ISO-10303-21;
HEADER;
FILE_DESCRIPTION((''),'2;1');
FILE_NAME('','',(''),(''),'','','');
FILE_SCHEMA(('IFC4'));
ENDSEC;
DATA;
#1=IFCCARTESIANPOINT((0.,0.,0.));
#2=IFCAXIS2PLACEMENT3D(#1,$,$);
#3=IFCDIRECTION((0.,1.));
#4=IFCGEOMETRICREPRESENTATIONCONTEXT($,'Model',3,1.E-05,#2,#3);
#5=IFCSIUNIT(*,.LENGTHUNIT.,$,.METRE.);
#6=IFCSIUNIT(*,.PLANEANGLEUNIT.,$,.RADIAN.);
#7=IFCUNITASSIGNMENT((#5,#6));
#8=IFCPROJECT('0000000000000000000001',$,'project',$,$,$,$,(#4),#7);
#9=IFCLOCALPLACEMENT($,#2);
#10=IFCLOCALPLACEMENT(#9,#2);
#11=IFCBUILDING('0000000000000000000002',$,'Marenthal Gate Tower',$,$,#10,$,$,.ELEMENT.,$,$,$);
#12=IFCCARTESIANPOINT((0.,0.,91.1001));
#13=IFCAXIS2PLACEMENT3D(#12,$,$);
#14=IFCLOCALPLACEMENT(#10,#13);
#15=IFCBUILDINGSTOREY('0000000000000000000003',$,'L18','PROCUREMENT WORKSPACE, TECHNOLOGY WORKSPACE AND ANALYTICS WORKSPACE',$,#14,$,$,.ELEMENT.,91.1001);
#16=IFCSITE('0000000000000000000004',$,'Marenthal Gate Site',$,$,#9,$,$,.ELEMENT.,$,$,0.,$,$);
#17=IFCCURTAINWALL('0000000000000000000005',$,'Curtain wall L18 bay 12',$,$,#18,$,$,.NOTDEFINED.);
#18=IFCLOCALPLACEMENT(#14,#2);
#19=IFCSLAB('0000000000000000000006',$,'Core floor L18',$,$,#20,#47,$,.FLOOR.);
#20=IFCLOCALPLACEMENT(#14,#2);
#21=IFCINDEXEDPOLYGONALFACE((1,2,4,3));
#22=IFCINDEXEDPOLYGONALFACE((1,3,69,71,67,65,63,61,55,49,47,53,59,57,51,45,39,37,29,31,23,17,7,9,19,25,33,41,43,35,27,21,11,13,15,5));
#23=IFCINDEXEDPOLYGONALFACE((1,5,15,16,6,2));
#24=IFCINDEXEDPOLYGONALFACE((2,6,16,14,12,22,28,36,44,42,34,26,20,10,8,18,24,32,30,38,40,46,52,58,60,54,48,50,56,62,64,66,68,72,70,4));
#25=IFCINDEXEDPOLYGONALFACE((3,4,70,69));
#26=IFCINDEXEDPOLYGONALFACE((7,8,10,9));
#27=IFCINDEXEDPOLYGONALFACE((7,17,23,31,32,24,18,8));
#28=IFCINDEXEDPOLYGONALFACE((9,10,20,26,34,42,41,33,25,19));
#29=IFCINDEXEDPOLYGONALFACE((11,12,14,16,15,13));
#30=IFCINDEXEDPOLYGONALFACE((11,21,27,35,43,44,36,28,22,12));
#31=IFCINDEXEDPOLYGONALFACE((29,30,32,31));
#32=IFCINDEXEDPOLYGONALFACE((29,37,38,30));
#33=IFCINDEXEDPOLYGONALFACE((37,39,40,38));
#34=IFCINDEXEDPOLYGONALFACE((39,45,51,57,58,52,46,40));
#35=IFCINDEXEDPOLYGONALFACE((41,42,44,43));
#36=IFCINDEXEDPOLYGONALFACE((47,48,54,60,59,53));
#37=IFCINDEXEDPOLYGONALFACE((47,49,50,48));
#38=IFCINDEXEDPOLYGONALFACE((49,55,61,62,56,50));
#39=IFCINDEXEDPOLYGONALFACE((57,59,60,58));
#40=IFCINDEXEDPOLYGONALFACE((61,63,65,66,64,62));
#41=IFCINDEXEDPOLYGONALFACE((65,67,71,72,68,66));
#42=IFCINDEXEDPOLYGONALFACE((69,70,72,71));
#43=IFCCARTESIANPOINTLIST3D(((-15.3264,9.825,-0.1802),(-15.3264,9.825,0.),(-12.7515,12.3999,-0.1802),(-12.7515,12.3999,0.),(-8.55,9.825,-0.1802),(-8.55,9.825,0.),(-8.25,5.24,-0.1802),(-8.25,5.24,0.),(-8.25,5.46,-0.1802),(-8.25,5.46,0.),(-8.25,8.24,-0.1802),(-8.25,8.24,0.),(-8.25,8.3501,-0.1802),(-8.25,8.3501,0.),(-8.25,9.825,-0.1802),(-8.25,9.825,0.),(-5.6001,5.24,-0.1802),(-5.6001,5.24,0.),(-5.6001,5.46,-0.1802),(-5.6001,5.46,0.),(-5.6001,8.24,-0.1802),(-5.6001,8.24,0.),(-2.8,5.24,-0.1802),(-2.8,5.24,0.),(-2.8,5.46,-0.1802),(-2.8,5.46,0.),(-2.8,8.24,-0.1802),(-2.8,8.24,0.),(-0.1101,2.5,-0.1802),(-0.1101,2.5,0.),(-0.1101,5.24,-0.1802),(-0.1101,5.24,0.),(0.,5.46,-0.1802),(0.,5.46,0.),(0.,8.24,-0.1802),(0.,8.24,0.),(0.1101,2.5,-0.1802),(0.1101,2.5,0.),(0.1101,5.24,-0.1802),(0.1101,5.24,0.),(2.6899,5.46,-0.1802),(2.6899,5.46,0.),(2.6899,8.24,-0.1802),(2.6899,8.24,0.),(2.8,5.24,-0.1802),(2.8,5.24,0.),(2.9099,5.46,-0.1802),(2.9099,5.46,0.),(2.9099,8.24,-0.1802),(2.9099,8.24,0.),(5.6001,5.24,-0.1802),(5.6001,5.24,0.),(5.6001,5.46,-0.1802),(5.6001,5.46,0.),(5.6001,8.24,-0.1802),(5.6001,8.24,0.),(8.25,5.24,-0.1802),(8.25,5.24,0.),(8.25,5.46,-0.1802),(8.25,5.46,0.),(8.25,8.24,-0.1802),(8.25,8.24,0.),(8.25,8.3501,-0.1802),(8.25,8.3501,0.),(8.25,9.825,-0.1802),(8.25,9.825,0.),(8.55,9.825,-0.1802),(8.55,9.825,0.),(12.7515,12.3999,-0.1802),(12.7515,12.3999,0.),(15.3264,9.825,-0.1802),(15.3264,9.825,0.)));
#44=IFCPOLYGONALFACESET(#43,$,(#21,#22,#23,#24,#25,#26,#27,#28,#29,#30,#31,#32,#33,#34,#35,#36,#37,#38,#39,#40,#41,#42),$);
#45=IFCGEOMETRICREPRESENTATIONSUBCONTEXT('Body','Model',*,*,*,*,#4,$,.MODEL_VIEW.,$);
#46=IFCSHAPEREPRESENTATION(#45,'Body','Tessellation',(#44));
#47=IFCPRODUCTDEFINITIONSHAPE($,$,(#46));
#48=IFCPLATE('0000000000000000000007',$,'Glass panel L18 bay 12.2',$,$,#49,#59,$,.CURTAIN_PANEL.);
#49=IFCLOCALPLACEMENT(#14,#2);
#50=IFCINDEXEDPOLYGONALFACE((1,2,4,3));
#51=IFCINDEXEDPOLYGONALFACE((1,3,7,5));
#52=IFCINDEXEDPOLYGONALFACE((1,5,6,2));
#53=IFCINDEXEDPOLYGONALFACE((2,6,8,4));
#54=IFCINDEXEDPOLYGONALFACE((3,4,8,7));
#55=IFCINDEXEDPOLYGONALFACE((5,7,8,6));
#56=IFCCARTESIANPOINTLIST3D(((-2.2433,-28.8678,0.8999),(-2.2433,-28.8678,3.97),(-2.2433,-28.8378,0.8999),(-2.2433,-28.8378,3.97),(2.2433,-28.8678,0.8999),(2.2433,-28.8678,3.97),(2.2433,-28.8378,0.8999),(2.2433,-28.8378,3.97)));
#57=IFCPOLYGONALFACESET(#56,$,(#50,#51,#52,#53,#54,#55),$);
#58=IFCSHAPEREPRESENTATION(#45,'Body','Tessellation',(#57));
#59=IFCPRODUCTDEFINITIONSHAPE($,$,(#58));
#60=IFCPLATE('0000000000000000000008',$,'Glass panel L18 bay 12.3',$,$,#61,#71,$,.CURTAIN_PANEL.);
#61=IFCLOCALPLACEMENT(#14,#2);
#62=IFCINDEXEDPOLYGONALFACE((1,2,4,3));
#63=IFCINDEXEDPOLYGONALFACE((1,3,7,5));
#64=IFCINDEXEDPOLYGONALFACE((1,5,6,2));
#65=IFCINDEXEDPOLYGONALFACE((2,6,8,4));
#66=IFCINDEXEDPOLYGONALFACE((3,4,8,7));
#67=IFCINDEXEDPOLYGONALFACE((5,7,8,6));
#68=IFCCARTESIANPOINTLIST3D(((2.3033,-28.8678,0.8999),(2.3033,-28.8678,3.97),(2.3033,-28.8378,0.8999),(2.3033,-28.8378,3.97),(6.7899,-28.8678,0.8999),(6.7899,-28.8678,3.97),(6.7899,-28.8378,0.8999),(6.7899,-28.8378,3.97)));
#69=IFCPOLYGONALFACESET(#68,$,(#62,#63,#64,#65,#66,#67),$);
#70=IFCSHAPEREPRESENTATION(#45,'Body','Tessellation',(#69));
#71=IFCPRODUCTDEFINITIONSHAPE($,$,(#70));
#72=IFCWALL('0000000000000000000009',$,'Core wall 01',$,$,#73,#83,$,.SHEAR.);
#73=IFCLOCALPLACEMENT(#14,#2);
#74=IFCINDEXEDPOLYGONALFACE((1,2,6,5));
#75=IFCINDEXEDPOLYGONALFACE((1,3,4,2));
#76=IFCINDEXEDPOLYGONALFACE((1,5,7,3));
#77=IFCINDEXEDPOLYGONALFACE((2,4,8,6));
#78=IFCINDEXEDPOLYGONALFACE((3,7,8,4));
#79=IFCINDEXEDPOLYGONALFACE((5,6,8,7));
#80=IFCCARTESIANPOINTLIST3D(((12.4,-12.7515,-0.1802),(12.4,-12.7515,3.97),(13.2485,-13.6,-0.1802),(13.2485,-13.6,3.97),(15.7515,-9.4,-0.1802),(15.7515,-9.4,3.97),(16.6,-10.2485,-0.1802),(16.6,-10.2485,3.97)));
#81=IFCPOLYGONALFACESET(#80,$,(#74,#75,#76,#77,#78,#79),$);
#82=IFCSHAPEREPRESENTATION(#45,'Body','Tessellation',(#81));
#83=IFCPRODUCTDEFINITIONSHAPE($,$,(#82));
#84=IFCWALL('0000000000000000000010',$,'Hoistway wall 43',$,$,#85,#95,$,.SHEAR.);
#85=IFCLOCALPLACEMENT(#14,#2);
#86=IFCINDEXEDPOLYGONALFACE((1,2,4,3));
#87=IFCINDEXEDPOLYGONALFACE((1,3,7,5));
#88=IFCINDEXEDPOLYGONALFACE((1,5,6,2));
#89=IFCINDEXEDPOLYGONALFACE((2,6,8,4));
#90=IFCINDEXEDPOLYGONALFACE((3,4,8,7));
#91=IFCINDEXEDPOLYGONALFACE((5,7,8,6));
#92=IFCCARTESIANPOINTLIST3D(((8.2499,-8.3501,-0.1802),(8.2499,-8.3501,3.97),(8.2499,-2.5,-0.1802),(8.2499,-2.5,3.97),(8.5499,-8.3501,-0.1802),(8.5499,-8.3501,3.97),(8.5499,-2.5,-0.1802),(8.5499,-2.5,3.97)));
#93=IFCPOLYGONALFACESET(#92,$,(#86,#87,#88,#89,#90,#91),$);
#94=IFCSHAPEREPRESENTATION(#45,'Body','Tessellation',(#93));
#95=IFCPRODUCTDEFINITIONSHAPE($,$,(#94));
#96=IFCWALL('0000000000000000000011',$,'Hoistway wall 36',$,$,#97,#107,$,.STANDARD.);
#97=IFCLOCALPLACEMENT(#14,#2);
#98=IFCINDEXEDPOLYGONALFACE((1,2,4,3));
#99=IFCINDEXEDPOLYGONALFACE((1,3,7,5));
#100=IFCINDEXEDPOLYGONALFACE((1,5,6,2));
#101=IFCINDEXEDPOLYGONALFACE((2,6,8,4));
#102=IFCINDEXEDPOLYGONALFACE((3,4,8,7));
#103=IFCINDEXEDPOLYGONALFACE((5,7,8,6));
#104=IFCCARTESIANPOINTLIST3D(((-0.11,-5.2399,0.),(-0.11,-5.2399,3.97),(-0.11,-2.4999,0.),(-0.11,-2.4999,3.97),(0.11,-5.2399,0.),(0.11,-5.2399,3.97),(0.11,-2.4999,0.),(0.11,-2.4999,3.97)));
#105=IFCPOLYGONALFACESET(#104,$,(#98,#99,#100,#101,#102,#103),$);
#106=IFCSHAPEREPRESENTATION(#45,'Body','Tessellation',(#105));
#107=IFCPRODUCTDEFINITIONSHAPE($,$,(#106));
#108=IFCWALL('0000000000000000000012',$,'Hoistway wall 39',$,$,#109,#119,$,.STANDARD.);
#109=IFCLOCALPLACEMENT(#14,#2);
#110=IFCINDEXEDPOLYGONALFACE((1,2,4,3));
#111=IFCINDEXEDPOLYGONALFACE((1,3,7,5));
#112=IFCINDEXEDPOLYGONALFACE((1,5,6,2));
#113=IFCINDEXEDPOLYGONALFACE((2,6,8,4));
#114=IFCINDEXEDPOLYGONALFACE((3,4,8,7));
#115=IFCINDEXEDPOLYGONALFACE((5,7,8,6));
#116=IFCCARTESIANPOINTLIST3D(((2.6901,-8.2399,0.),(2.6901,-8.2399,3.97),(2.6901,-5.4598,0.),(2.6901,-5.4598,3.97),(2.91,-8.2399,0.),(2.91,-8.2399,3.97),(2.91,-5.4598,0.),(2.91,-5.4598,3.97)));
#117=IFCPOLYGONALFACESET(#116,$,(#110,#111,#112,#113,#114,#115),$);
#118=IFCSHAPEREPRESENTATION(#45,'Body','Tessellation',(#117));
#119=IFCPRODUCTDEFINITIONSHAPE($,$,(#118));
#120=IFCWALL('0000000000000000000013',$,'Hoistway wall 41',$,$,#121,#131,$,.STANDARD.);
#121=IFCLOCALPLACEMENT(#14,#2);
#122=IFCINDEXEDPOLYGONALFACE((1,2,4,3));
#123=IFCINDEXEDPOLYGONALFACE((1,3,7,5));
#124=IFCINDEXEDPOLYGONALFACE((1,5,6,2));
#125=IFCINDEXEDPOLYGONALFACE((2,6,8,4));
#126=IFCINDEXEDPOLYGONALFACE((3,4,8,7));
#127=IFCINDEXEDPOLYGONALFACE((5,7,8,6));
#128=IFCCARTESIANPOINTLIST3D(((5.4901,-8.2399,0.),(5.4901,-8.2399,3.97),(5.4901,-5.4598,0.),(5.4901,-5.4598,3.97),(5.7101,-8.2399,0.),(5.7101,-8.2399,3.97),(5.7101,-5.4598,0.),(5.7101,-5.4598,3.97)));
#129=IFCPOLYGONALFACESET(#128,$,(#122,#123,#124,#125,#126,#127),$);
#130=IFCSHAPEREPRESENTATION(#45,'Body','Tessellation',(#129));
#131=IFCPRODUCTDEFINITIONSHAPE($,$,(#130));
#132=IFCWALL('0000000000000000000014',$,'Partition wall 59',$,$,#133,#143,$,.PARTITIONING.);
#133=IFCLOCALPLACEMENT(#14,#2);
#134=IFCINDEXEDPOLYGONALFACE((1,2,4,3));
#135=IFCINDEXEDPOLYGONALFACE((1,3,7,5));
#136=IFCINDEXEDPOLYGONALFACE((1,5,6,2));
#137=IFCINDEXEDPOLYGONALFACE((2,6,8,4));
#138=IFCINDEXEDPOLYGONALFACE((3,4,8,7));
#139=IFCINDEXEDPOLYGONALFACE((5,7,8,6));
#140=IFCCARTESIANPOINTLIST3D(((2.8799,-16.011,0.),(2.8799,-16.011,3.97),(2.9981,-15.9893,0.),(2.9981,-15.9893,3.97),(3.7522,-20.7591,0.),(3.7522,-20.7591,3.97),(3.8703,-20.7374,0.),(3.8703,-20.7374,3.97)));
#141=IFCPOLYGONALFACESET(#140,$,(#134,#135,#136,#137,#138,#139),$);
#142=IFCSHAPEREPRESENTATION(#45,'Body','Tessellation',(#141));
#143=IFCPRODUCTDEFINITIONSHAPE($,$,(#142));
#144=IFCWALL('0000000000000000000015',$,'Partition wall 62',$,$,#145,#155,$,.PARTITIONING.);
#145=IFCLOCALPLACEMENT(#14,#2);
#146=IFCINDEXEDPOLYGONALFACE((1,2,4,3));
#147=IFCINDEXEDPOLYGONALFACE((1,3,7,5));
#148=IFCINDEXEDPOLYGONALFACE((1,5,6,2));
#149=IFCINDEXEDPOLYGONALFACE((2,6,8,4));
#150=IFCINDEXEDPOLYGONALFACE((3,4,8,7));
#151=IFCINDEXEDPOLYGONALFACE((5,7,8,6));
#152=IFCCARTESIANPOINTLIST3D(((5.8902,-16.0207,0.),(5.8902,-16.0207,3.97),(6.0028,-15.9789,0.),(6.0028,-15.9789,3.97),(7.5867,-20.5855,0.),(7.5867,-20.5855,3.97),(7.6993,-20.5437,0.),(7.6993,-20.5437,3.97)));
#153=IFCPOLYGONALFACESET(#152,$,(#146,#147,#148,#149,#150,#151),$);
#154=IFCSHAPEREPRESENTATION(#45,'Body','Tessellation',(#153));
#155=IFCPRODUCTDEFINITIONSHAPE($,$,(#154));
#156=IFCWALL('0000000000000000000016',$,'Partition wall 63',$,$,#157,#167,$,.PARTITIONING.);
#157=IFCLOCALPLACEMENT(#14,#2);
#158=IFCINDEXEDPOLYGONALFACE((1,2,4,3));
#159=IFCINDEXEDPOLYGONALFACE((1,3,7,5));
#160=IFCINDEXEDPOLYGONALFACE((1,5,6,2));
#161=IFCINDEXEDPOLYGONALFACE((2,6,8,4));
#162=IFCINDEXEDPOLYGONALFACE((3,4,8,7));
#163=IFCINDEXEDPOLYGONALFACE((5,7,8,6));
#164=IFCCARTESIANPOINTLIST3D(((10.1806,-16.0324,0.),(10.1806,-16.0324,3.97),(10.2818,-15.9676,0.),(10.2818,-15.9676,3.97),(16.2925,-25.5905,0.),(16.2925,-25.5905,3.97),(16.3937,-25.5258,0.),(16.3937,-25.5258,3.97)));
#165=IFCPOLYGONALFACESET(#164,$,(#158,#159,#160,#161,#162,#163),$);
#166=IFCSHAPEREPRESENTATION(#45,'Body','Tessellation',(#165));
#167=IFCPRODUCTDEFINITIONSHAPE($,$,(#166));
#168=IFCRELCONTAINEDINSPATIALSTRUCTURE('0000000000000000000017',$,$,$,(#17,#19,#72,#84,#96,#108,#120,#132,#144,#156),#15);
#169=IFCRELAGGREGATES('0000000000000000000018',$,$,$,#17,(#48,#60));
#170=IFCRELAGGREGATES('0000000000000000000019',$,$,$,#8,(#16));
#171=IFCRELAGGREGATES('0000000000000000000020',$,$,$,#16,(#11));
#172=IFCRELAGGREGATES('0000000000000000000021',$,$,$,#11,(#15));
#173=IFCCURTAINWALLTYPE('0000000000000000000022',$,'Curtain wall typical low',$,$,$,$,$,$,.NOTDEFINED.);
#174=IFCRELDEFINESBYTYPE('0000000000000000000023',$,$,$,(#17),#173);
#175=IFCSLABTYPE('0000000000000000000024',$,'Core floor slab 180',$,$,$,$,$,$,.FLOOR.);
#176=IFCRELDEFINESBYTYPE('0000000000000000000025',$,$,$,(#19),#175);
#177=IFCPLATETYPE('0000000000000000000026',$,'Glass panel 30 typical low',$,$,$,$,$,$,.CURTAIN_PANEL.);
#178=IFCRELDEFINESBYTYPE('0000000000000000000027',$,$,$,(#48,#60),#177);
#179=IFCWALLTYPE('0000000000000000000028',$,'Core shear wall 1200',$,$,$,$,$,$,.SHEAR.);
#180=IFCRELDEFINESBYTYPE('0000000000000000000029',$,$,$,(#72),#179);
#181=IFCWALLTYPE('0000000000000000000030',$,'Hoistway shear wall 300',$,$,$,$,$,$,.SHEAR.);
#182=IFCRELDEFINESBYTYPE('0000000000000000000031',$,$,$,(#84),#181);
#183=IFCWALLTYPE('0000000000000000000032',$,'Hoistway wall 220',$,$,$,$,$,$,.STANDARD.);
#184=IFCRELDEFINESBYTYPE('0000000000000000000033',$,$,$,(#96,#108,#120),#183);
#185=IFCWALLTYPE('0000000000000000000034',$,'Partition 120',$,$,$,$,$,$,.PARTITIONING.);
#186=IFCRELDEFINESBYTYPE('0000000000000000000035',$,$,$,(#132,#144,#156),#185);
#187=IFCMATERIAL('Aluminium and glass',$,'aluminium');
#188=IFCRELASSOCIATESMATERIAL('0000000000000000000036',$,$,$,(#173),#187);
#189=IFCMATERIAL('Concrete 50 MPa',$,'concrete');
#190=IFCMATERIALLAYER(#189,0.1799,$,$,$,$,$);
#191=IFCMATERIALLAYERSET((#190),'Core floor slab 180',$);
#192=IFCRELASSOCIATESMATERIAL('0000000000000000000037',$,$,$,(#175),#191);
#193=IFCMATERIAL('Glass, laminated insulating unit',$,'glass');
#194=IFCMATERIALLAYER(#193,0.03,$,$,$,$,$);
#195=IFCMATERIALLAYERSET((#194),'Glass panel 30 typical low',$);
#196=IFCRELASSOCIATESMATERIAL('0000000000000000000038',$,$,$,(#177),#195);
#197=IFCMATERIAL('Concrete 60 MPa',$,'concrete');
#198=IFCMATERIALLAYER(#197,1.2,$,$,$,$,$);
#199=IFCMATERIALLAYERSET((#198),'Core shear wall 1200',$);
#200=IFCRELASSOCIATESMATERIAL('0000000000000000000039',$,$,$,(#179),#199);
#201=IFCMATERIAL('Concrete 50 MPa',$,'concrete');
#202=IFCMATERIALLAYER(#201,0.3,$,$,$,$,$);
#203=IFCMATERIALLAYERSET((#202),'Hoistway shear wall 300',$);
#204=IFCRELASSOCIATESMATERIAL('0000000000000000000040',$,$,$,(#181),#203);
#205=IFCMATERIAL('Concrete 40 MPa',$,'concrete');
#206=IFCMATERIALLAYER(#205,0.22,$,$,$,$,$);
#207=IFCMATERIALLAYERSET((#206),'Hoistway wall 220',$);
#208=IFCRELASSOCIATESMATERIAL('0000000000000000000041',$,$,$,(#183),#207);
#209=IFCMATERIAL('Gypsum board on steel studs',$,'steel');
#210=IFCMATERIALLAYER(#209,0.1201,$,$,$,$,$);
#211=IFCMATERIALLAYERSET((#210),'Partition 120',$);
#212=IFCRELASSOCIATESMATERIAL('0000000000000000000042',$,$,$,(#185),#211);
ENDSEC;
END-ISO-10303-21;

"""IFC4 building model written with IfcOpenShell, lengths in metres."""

from ifc_helpers import new_model, si_unit, direction, frame, frame_2d, origin, origin_2d, place, context, subcontext, project, spatial, polyline, rectangle, outline, extrude, material, layer, layer_set, type_object, element, aggregate, save


model = new_model("IFC4")

# Units and contexts
model_context = context("Model", 3, precision=1e-05, world=origin(), true_north=direction((0.0, 1.0)))
body_context = subcontext(model_context, "Body", "Model", "MODEL_VIEW")
ifc_project = project(units=[si_unit("LENGTHUNIT", "METRE"), si_unit("PLANEANGLEUNIT", "RADIAN")], contexts=[model_context])

# Site, building, storey
site_placement = place(None, origin())
site = spatial("IfcSite", under=ifc_project, at=site_placement, Name="Marenthal Gate Site", CompositionType="ELEMENT", RefElevation=0.0)
building_placement = place(site_placement, origin())
building = spatial("IfcBuilding", under=site, at=building_placement, Name="Marenthal Gate Tower", CompositionType="ELEMENT")
storey_placement = place(building_placement, frame((0.0, 0.0, 91.1001)))
storey = spatial("IfcBuildingStorey", under=building, at=storey_placement, Name="L18", Description="PROCUREMENT WORKSPACE, TECHNOLOGY WORKSPACE AND ANALYTICS WORKSPACE", CompositionType="ELEMENT", Elevation=91.1001)

# Curtain wall
ifc_material_1 = material(Name="Aluminium and glass", Category="aluminium")
curtain_wall_type = type_object("IfcCurtainWallType", Name="Curtain wall typical low", PredefinedType="NOTDEFINED", material=ifc_material_1)
curtain_wall_placement = place(storey_placement, origin())
curtain_wall = element("IfcCurtainWall", 1, at=curtain_wall_placement, inside=storey, type_object=curtain_wall_type, Name="Curtain wall L18 bay 12", PredefinedType="NOTDEFINED")

# Slab
ifc_material_2 = material(Name="Concrete 50 MPa", Category="concrete")
ifc_layer_1 = layer(ifc_material_2, 0.1799)
ifc_layer_set_1 = layer_set([ifc_layer_1], Name="Core floor slab 180")
slab_type_1 = type_object("IfcSlabType", Name="Core floor slab 180", PredefinedType="FLOOR", material=ifc_layer_set_1)
slab_1_placement = place(storey_placement, frame((0.0, 0.0, -0.1802)))
element("IfcSlab", 2, at=slab_1_placement, inside=storey, type_object=slab_type_1, Name="Core floor L18", PredefinedType="FLOOR", context=body_context, shape_type="SweptSolid", body=[
    extrude(outline(polyline([(12.7515, 12.3999), (15.3264, 9.825), (8.55, 9.825), (8.25, 9.825), (8.25, 8.3501), (8.25, 8.24), (5.6001, 8.24), (2.9099, 8.24), (2.9099, 5.46), (5.6001, 5.46), (8.25, 5.46), (8.25, 5.24), (5.6001, 5.24), (2.8, 5.24), (0.1101, 5.24), (0.1101, 2.5), (-0.1101, 2.5), (-0.1101, 5.24), (-2.8, 5.24), (-5.6001, 5.24), (-8.25, 5.24), (-8.25, 5.46), (-5.6001, 5.46), (-2.8, 5.46), (0.0, 5.46), (2.6899, 5.46), (2.6899, 8.24), (0.0, 8.24), (-2.8, 8.24), (-5.6001, 8.24), (-8.25, 8.24), (-8.25, 8.3501), (-8.25, 9.825), (-8.55, 9.825), (-15.3264, 9.825), (-12.7515, 12.3999), (12.7515, 12.3999)])), origin(), (0.0, 0.0, 1.0), 0.1802),
])

# Plates
ifc_material_3 = material(Name="Glass, laminated insulating unit", Category="glass")
ifc_layer_2 = layer(ifc_material_3, 0.03)
ifc_layer_set_2 = layer_set([ifc_layer_2], Name="Glass panel 30 typical low")
plate_type = type_object("IfcPlateType", Name="Glass panel 30 typical low", PredefinedType="CURTAIN_PANEL", material=ifc_layer_set_2)
plate_1_placement = place(storey_placement, frame((0.0, -28.8528, 0.8999), z_axis=(0.0, 0.0, 1.0), x_axis=(1.0, 0.0, 0.0)))
plate_1 = element("IfcPlate", 3, at=plate_1_placement, type_object=plate_type, Name="Glass panel L18 bay 12.2", PredefinedType="CURTAIN_PANEL", context=body_context, shape_type="SweptSolid", body=[
    extrude(rectangle(XDim=4.4866, YDim=0.03, at=origin_2d()), origin(), (0.0, 0.0, 1.0), 3.0701),
])
plate_2_placement = place(storey_placement, frame((4.5466, -28.8528, 0.8999), z_axis=(0.0, 0.0, 1.0), x_axis=(1.0, 0.0, 0.0)))
plate_2 = element("IfcPlate", 4, at=plate_2_placement, type_object=plate_type, Name="Glass panel L18 bay 12.3", PredefinedType="CURTAIN_PANEL", context=body_context, shape_type="SweptSolid", body=[
    extrude(rectangle(XDim=4.4866, YDim=0.03, at=origin_2d()), origin(), (0.0, 0.0, 1.0), 3.0701),
])
aggregate(curtain_wall, [plate_1, plate_2])

# Walls
ifc_material_4 = material(Name="Concrete 60 MPa", Category="concrete")
ifc_layer_3 = layer(ifc_material_4, 1.2)
ifc_layer_set_3 = layer_set([ifc_layer_3], Name="Core shear wall 1200")
wall_type_1 = type_object("IfcWallType", Name="Core shear wall 1200", PredefinedType="SHEAR", material=ifc_layer_set_3)
wall_1_placement = place(storey_placement, frame((12.8242, -13.1758, -0.1802), z_axis=(0.0, 0.0, 1.0), x_axis=(0.707107, 0.707107, 0.0)))
element("IfcWall", 5, at=wall_1_placement, inside=storey, type_object=wall_type_1, Name="Core wall 01", PredefinedType="SHEAR", context=body_context, shape_type="SweptSolid", body=[
    extrude(rectangle(XDim=4.7397, YDim=1.2, at=frame_2d((2.3699, 0.0))), origin(), (0.0, 0.0, 1.0), 4.1501),
])
ifc_material_5 = material(Name="Concrete 50 MPa", Category="concrete")
ifc_layer_4 = layer(ifc_material_5, 0.3)
ifc_layer_set_4 = layer_set([ifc_layer_4], Name="Hoistway shear wall 300")
wall_type_2 = type_object("IfcWallType", Name="Hoistway shear wall 300", PredefinedType="SHEAR", material=ifc_layer_set_4)
wall_2_placement = place(storey_placement, frame((8.3999, -8.3501, -0.1802), z_axis=(0.0, 0.0, 1.0), x_axis=(0.0, 1.0, 0.0)))
element("IfcWall", 6, at=wall_2_placement, inside=storey, type_object=wall_type_2, Name="Hoistway wall 43", PredefinedType="SHEAR", context=body_context, shape_type="SweptSolid", body=[
    extrude(rectangle(XDim=5.8501, YDim=0.3, at=frame_2d((2.925, 0.0))), origin(), (0.0, 0.0, 1.0), 4.1501),
])
ifc_material_6 = material(Name="Concrete 40 MPa", Category="concrete")
ifc_layer_5 = layer(ifc_material_6, 0.22)
ifc_layer_set_5 = layer_set([ifc_layer_5], Name="Hoistway wall 220")
wall_type_3 = type_object("IfcWallType", Name="Hoistway wall 220", PredefinedType="STANDARD", material=ifc_layer_set_5)
wall_3_placement = place(storey_placement, frame((0.0, -5.24, 0.0), z_axis=(0.0, 0.0, 1.0), x_axis=(0.0, 1.0, 0.0)))
element("IfcWall", 7, at=wall_3_placement, inside=storey, type_object=wall_type_3, Name="Hoistway wall 36", PredefinedType="STANDARD", context=body_context, shape_type="SweptSolid", body=[
    extrude(rectangle(XDim=2.74, YDim=0.22, at=frame_2d((1.3701, 0.0))), origin(), (0.0, 0.0, 1.0), 3.97),
])
for number, where, z_axis, x_axis, name in (
    (8, (2.8, -8.24, 0.0), (0.0, 0.0, 1.0), (0.0, 1.0, 0.0), "Hoistway wall 39"),
    (9, (5.6001, -8.24, 0.0), (0.0, 0.0, 1.0), (0.0, 1.0, 0.0), "Hoistway wall 41"),
):
    element("IfcWall", number, at=place(storey_placement, frame(where, z_axis=z_axis, x_axis=x_axis)), inside=storey, type_object=wall_type_3, Name=name, PredefinedType="STANDARD", context=body_context, shape_type="SweptSolid", body=[
        extrude(rectangle(XDim=2.78, YDim=0.22, at=frame_2d((1.3901, 0.0))), origin(), (0.0, 0.0, 1.0), 3.97),
    ])
ifc_material_7 = material(Name="Gypsum board on steel studs", Category="steel")
ifc_layer_6 = layer(ifc_material_7, 0.1201)
ifc_layer_set_6 = layer_set([ifc_layer_6], Name="Partition 120")
wall_type_4 = type_object("IfcWallType", Name="Partition 120", PredefinedType="PARTITIONING", material=ifc_layer_set_6)
wall_4_placement = place(storey_placement, frame((3.8113, -20.7483, 0.0), z_axis=(0.0, 0.0, 1.0), x_axis=(-0.180687, 0.983541, 0.0)))
element("IfcWall", 10, at=wall_4_placement, inside=storey, type_object=wall_type_4, Name="Partition wall 59", PredefinedType="PARTITIONING", context=body_context, shape_type="SweptSolid", body=[
    extrude(rectangle(XDim=4.8276, YDim=0.1201, at=frame_2d((2.4138, 0.0))), origin(), (0.0, 0.0, 1.0), 3.97),
])
wall_5_placement = place(storey_placement, frame((7.6431, -20.5647, 0.0), z_axis=(0.0, 0.0, 1.0), x_axis=(-0.34838, 0.937353, 0.0)))
element("IfcWall", 11, at=wall_5_placement, inside=storey, type_object=wall_type_4, Name="Partition wall 62", PredefinedType="PARTITIONING", context=body_context, shape_type="SweptSolid", body=[
    extrude(rectangle(XDim=4.8699, YDim=0.1201, at=frame_2d((2.4351, 0.0))), origin(), (0.0, 0.0, 1.0), 3.97),
])
wall_6_placement = place(storey_placement, frame((10.2312, -16.0, 0.0), z_axis=(0.0, 0.0, 1.0), x_axis=(0.538718, -0.842486, 0.0)))
element("IfcWall", 12, at=wall_6_placement, inside=storey, type_object=wall_type_4, Name="Partition wall 63", PredefinedType="PARTITIONING", context=body_context, shape_type="SweptSolid", body=[
    extrude(rectangle(XDim=11.3452, YDim=0.1201, at=frame_2d((5.6726, 0.0))), origin(), (0.0, 0.0, 1.0), 3.97),
])

save(model, "model.ifc")
